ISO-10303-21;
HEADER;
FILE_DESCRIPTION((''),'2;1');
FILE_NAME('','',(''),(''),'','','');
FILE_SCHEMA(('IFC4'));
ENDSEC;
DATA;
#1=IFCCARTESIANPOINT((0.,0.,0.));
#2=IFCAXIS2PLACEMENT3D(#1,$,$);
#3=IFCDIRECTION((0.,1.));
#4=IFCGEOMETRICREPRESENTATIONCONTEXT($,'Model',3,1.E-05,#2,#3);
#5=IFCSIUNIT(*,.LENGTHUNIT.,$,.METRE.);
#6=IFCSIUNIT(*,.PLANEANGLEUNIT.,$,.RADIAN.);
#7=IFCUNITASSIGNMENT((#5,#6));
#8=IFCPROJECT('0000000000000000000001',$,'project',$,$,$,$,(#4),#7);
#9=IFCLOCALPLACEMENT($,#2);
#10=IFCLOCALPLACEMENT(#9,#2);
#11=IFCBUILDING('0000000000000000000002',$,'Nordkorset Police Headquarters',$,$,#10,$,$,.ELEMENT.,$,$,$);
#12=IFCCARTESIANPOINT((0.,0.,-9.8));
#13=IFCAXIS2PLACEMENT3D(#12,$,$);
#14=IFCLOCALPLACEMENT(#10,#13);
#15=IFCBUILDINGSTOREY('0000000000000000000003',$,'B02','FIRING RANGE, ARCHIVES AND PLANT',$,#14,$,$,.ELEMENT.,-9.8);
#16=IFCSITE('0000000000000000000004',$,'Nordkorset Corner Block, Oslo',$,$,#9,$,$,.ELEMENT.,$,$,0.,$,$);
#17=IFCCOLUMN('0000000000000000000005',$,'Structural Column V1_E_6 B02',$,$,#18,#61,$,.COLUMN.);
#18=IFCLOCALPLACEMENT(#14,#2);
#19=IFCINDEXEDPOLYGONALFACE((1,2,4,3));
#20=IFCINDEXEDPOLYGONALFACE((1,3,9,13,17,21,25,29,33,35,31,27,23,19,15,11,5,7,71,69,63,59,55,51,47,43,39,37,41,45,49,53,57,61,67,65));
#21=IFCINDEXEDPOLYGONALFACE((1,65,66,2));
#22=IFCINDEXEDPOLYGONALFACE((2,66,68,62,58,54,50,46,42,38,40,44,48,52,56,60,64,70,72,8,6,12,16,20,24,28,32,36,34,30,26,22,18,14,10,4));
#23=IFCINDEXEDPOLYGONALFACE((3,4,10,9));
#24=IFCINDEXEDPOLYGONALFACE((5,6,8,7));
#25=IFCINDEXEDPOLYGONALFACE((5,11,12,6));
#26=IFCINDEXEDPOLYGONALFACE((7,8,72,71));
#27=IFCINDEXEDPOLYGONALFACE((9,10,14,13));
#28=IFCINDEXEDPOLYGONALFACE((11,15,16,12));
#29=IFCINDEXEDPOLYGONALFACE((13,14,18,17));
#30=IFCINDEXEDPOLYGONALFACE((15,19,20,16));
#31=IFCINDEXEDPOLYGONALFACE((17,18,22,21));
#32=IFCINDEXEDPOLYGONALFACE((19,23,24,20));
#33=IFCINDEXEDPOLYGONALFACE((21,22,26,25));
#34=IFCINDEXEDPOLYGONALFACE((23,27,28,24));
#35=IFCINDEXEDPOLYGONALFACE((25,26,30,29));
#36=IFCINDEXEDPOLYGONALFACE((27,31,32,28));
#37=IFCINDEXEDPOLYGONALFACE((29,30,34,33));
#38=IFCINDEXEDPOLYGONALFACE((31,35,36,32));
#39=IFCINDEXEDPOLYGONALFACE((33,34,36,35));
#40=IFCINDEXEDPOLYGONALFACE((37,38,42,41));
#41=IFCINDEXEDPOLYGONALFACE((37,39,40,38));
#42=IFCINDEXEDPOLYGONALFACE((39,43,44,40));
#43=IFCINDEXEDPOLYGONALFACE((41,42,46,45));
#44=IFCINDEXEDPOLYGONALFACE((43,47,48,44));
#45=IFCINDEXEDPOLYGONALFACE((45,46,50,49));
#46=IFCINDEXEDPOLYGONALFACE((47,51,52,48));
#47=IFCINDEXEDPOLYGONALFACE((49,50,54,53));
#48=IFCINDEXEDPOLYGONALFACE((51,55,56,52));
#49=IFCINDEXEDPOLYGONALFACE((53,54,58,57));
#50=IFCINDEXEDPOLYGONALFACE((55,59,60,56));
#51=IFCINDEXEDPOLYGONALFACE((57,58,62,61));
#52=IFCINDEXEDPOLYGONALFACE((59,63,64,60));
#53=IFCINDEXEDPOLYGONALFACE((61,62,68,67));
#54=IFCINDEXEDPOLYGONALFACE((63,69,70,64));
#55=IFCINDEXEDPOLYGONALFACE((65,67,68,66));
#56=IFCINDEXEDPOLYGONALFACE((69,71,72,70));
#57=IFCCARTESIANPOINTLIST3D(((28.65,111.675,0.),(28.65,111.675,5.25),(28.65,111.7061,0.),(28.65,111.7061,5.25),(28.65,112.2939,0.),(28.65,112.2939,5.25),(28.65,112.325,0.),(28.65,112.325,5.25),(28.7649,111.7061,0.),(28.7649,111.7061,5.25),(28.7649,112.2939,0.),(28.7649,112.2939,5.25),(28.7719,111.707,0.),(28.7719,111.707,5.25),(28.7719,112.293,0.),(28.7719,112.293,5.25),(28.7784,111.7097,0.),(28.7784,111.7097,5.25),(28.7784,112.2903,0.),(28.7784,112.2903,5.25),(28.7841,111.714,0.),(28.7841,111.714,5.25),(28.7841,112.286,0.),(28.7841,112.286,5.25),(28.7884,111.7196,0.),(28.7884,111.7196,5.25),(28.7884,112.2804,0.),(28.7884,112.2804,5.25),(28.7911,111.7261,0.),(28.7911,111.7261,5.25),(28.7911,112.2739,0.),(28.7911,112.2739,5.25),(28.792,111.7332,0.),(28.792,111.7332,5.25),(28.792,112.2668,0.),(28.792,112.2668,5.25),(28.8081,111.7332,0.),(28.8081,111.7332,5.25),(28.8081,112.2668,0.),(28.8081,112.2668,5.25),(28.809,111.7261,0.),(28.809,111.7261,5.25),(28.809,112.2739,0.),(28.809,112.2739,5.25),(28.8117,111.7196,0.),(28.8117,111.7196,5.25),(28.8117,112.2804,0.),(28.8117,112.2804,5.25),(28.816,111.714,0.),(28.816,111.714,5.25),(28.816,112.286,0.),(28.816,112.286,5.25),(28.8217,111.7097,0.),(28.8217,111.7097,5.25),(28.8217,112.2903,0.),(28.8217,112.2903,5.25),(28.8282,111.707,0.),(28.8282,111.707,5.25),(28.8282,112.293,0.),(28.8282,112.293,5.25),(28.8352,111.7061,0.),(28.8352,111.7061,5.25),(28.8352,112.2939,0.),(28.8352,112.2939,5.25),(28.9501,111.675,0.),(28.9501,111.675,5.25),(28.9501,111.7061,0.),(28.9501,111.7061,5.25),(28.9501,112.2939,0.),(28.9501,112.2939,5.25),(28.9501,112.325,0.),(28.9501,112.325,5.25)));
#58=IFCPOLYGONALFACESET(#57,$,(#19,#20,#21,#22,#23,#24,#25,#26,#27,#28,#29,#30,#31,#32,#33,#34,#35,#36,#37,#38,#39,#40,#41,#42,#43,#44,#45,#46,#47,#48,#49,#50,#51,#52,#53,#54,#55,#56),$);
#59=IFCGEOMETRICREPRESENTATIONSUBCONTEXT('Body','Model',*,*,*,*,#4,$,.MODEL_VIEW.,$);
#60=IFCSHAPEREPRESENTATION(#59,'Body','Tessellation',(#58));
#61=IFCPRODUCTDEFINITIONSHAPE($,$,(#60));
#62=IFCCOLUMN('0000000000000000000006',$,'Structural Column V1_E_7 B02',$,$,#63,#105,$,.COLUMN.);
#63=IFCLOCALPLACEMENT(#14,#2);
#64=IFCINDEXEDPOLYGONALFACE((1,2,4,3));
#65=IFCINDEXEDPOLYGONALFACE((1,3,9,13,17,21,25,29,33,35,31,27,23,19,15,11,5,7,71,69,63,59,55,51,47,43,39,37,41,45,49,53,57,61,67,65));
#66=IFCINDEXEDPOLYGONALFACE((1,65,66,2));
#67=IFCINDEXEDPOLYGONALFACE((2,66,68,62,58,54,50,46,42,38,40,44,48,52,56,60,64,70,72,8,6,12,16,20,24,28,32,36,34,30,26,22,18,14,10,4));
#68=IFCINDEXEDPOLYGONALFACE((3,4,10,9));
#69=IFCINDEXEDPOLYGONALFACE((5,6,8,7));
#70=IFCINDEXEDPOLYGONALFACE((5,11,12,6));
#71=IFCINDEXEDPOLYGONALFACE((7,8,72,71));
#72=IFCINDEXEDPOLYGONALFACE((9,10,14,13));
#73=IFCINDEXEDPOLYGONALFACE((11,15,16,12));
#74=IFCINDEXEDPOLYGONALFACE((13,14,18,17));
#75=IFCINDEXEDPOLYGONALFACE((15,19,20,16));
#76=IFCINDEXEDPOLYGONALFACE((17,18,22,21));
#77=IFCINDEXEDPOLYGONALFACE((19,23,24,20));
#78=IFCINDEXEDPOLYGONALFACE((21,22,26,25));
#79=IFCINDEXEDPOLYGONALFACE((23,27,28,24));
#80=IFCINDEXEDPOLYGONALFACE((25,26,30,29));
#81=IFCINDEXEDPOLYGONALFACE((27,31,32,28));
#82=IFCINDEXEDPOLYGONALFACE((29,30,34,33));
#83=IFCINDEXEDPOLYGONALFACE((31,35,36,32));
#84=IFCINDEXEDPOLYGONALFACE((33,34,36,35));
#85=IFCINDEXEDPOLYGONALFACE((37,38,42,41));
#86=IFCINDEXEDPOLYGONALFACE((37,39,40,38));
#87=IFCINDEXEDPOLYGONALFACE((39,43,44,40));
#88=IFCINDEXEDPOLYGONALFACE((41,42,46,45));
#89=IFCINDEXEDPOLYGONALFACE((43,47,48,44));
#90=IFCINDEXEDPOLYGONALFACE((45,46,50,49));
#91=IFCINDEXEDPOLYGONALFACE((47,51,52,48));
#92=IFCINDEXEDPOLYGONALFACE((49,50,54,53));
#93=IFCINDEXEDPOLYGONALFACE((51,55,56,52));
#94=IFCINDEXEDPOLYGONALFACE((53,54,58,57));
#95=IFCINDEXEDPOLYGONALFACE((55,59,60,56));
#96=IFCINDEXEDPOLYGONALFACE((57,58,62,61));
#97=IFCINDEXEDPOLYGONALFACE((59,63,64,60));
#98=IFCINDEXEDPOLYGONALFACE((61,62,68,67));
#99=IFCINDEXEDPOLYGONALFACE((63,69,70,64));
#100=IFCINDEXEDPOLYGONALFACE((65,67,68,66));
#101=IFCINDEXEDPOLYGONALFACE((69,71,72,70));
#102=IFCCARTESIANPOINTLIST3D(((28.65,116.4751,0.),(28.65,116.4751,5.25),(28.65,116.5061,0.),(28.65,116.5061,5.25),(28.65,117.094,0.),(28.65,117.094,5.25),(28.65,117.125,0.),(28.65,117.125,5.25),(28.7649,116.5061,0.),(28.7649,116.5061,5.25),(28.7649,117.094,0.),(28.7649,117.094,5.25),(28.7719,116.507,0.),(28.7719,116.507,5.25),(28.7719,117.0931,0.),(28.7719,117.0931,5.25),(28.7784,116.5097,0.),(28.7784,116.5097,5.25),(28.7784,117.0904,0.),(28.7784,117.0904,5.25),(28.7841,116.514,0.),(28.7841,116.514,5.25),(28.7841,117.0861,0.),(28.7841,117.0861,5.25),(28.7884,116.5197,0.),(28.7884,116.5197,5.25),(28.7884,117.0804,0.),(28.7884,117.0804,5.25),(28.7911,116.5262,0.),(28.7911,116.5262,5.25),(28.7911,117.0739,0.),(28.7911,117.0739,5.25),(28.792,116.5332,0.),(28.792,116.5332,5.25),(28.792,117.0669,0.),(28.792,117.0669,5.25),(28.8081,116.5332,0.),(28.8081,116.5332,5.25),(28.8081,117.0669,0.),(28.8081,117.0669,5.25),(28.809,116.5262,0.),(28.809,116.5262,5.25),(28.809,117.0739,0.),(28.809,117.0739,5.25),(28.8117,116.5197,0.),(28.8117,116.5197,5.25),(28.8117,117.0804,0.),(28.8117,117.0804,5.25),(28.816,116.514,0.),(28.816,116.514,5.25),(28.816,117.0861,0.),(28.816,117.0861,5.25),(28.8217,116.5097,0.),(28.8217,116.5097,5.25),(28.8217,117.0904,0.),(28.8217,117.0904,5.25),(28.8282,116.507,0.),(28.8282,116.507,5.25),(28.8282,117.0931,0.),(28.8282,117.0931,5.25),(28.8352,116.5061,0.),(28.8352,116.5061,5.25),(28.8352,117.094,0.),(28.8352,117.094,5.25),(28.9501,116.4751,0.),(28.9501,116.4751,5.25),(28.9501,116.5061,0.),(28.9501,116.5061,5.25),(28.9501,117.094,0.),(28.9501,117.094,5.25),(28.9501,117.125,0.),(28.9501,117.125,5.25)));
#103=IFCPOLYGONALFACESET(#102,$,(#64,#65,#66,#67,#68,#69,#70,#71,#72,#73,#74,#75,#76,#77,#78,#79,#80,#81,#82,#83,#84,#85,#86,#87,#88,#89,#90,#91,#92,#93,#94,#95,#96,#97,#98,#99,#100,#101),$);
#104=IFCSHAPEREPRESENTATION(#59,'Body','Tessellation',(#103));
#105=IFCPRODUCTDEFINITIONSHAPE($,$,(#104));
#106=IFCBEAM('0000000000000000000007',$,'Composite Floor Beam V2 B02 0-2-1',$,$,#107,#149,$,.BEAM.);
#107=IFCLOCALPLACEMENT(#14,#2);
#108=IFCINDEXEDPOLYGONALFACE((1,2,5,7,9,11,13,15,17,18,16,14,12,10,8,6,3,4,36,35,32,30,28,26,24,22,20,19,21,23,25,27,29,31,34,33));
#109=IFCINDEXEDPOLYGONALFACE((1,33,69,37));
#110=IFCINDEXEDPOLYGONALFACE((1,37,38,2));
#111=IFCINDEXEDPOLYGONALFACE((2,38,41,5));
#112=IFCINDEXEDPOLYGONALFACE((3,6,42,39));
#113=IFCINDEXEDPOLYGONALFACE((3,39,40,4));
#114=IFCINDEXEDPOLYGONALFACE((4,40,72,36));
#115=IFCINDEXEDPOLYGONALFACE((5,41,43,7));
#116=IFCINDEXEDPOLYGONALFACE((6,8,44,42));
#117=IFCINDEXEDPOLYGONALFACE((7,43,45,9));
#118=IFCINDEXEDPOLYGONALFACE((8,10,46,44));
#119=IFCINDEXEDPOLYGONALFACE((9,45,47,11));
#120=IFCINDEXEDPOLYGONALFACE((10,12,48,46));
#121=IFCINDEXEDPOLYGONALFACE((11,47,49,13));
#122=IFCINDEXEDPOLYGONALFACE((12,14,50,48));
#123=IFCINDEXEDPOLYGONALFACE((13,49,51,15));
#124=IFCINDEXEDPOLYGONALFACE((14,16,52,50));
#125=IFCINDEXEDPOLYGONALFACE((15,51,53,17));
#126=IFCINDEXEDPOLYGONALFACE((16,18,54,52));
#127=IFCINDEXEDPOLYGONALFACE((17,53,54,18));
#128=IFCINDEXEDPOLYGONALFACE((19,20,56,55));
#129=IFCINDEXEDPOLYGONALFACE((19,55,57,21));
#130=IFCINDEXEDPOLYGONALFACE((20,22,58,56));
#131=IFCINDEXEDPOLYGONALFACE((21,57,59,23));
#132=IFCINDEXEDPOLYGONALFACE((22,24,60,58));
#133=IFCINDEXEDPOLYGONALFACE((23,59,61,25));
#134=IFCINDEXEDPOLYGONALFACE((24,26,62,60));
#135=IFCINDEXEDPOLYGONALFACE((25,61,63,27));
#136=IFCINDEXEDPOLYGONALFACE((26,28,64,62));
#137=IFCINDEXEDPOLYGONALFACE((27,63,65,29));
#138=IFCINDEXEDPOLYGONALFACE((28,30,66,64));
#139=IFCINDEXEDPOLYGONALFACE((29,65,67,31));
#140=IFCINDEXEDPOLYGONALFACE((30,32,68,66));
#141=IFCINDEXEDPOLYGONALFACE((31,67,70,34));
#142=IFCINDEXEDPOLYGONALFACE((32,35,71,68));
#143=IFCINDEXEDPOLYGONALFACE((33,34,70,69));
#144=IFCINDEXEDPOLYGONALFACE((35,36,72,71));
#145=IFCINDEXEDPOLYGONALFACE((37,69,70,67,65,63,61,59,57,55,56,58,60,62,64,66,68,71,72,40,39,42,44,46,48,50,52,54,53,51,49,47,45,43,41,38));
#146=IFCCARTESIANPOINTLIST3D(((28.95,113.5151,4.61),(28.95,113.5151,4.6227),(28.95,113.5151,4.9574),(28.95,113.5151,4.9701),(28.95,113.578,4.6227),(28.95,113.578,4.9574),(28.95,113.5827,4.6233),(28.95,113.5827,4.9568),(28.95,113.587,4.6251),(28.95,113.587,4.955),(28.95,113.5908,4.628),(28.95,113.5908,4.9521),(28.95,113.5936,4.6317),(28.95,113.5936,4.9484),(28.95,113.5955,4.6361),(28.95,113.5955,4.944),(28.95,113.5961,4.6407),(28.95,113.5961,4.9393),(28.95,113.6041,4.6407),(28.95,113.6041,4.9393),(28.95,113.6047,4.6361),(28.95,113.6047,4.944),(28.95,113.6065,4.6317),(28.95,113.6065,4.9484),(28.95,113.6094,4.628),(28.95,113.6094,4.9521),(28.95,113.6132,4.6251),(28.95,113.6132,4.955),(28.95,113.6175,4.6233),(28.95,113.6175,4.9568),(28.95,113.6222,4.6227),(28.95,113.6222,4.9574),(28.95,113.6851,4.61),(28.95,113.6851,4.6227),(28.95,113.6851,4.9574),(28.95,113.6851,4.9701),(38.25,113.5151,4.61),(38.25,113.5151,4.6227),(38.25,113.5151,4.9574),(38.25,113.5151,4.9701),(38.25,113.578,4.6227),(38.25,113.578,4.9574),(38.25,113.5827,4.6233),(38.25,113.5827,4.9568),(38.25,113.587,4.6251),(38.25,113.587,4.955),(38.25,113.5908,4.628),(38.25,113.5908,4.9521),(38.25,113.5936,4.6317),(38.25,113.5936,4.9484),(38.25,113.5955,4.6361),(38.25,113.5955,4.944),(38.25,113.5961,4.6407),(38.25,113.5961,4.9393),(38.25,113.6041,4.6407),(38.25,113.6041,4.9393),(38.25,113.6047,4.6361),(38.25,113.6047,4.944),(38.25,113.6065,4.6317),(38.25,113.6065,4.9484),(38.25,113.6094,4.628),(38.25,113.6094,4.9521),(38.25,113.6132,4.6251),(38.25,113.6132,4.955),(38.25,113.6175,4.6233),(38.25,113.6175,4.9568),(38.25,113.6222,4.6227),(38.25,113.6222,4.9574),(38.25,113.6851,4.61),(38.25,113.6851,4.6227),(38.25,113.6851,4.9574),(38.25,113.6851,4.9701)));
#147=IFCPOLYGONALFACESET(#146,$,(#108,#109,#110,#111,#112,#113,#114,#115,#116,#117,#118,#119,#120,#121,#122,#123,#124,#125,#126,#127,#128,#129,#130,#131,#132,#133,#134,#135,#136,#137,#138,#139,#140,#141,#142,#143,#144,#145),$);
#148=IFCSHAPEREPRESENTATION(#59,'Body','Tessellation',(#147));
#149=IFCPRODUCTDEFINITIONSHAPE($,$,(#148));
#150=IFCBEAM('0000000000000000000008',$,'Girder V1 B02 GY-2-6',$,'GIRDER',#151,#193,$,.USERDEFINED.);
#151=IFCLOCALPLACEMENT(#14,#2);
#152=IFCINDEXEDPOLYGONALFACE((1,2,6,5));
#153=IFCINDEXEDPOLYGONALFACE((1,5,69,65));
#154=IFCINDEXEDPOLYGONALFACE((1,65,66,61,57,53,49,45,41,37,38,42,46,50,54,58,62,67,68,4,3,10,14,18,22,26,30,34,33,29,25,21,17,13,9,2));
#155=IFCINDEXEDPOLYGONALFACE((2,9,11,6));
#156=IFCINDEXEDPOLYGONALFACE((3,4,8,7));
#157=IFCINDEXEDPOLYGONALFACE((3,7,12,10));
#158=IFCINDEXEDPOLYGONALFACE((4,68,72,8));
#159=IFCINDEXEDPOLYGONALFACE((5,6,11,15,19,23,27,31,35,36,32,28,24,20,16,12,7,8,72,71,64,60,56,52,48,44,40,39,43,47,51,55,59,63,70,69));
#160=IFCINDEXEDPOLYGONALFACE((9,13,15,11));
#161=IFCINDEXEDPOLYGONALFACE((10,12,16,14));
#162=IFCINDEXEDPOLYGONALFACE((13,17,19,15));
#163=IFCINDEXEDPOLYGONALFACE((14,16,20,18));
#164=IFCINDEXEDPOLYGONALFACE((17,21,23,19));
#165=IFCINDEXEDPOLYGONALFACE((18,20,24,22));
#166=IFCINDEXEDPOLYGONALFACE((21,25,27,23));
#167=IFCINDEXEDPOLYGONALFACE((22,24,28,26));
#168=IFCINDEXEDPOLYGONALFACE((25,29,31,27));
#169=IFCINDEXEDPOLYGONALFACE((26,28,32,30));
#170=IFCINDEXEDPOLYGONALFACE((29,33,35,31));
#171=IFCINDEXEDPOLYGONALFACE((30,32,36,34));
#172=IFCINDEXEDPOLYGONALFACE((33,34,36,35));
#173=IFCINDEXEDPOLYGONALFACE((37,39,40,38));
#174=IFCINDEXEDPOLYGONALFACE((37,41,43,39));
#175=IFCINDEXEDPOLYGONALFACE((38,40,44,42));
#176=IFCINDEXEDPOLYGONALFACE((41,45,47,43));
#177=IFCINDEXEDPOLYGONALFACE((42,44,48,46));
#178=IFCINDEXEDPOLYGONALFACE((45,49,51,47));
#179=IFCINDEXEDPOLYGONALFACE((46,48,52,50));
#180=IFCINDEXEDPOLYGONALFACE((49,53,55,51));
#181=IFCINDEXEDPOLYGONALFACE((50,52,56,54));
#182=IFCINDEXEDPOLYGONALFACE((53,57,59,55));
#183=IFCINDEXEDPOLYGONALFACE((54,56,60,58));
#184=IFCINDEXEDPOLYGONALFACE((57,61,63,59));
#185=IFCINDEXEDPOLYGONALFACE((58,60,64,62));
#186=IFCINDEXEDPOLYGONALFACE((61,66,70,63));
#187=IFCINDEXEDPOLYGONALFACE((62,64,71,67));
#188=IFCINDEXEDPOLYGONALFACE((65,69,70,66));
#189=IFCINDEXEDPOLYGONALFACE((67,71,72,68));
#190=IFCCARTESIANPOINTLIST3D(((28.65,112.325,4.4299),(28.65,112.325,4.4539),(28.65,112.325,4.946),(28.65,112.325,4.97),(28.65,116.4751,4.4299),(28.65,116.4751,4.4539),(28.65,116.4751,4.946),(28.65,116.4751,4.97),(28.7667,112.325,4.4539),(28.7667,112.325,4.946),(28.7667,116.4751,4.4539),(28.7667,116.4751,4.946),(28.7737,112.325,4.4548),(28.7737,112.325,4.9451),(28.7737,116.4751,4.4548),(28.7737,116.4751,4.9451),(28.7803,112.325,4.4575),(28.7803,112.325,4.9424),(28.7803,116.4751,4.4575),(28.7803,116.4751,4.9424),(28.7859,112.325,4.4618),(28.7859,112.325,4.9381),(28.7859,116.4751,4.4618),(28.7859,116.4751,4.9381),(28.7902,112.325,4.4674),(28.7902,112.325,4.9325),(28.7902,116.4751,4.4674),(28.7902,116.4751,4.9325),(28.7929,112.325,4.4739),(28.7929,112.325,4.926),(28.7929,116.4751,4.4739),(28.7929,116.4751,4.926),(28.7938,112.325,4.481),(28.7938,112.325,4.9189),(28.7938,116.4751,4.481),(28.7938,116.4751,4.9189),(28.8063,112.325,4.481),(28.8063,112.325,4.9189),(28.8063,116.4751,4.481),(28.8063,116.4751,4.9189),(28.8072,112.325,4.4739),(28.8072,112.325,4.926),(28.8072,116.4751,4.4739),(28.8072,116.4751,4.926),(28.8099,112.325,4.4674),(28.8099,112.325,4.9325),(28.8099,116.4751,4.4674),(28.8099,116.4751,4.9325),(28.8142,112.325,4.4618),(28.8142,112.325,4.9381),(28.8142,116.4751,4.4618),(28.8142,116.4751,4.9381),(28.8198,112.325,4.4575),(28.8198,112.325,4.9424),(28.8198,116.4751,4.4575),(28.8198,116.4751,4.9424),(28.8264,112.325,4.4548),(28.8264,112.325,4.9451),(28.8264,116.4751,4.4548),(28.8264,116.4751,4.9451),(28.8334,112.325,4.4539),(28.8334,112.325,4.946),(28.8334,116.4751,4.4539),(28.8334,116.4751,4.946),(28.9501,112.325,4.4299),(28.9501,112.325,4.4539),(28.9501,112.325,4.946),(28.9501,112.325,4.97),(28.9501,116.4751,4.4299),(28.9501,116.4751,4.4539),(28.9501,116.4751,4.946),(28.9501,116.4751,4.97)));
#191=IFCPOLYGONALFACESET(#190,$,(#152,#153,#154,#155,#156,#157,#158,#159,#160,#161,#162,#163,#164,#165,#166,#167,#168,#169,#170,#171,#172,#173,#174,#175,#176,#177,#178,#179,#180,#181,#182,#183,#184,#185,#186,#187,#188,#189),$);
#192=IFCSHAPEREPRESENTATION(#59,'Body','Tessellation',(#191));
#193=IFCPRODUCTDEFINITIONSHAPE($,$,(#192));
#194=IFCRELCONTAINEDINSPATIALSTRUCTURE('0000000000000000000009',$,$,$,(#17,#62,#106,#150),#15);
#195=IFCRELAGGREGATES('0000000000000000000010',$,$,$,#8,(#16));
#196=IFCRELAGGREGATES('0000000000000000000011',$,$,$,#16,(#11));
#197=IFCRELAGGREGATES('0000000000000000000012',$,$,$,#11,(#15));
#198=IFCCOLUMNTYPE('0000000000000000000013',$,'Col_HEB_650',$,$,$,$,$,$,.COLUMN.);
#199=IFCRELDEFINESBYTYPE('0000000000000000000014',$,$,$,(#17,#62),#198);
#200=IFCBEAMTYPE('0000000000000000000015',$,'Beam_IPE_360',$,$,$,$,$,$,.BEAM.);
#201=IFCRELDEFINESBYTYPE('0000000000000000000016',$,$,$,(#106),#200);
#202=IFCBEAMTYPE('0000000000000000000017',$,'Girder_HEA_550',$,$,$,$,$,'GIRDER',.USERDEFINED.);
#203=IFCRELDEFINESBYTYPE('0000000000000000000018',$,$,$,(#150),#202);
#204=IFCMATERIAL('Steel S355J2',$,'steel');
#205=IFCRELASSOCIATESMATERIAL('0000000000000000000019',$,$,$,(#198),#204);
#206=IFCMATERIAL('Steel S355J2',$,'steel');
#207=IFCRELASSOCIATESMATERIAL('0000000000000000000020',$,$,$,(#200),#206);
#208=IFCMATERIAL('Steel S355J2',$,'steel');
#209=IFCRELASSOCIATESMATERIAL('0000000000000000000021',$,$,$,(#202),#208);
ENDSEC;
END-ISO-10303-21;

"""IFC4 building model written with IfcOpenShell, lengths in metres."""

from ifc_helpers import new_model, si_unit, direction, frame, origin, origin_2d, place, context, subcontext, project, spatial, i_section, extrude, material, material_profile, profile_set, type_object, element, save


model = new_model("IFC4")

# Units and contexts
model_context = context("Model", 3, precision=1e-05, world=origin(), true_north=direction((0.0, 1.0)))
body_context = subcontext(model_context, "Body", "Model", "MODEL_VIEW")
ifc_project = project(units=[si_unit("LENGTHUNIT", "METRE"), si_unit("PLANEANGLEUNIT", "RADIAN")], contexts=[model_context])

# Site, building, storey
site_placement = place(None, origin())
site = spatial("IfcSite", under=ifc_project, at=site_placement, Name="Nordkorset Corner Block, Oslo", CompositionType="ELEMENT", RefElevation=0.0)
building_placement = place(site_placement, origin())
building = spatial("IfcBuilding", under=site, at=building_placement, Name="Nordkorset Police Headquarters", CompositionType="ELEMENT")
storey_placement = place(building_placement, frame((0.0, 0.0, -9.8)))
storey = spatial("IfcBuildingStorey", under=building, at=storey_placement, Name="B02", Description="FIRING RANGE, ARCHIVES AND PLANT", CompositionType="ELEMENT", Elevation=-9.8)

# Columns
ifc_material_1 = material(Name="Steel S355J2", Category="steel")
ifc_material_profile_1 = material_profile(ifc_material_1, i_section(OverallWidth=0.3, OverallDepth=0.6499, WebThickness=0.0161, FlangeThickness=0.031, FilletRadius=0.0271, at=origin_2d()), Name="HEB 650")
ifc_profile_set_1 = profile_set([ifc_material_profile_1], Name="Steel S355J2")
column_type = type_object("IfcColumnType", Name="Col_HEB_650", PredefinedType="COLUMN", material=ifc_profile_set_1)
for number, where, z_axis, x_axis, name in (
    (1, (28.8, 112.0, 0.0), (0.0, 0.0, 1.0), (1.0, 0.0, 0.0), "Structural Column V1_E_6 B02"),
    (2, (28.8, 116.8, 0.0), (0.0, 0.0, 1.0), (1.0, 0.0, 0.0), "Structural Column V1_E_7 B02"),
):
    element("IfcColumn", number, at=place(storey_placement, frame(where, z_axis=z_axis, x_axis=x_axis)), inside=storey, type_object=column_type, Name=name, PredefinedType="COLUMN", context=body_context, shape_type="SweptSolid", body=[
        extrude(i_section(OverallWidth=0.3, OverallDepth=0.6499, WebThickness=0.0161, FlangeThickness=0.031, FilletRadius=0.0271, at=origin_2d()), origin(), (0.0, 0.0, 1.0), 5.25),
    ])

# Beams
ifc_material_2 = material(Name="Steel S355J2", Category="steel")
ifc_material_profile_2 = material_profile(ifc_material_2, i_section(OverallWidth=0.1699, OverallDepth=0.3601, WebThickness=0.0081, FlangeThickness=0.0127, FilletRadius=0.0181, at=origin_2d()), Name="IPE 360")
ifc_profile_set_2 = profile_set([ifc_material_profile_2], Name="Steel S355J2")
beam_type_1 = type_object("IfcBeamType", Name="Beam_IPE_360", PredefinedType="BEAM", material=ifc_profile_set_2)
beam_1_placement = place(storey_placement, frame((28.95, 113.6001, 4.79), z_axis=(1.0, 0.0, 0.0), x_axis=(0.0, 1.0, 0.0)))
element("IfcBeam", 3, at=beam_1_placement, inside=storey, type_object=beam_type_1, Name="Composite Floor Beam V2 B02 0-2-1", PredefinedType="BEAM", context=body_context, shape_type="SweptSolid", body=[
    extrude(i_section(OverallWidth=0.1699, OverallDepth=0.3601, WebThickness=0.0081, FlangeThickness=0.0127, FilletRadius=0.0181, at=origin_2d()), origin(), (0.0, 0.0, 1.0), 9.3),
])
ifc_material_3 = material(Name="Steel S355J2", Category="steel")
ifc_material_profile_3 = material_profile(ifc_material_3, i_section(OverallWidth=0.3, OverallDepth=0.54, WebThickness=0.0125, FlangeThickness=0.0239, FilletRadius=0.0271, at=origin_2d()), Name="HEA 550")
ifc_profile_set_3 = profile_set([ifc_material_profile_3], Name="Steel S355J2")
beam_type_2 = type_object("IfcBeamType", Name="Girder_HEA_550", ElementType="GIRDER", PredefinedType="USERDEFINED", material=ifc_profile_set_3)
beam_2_placement = place(storey_placement, frame((28.8, 112.325, 4.7), z_axis=(0.0, 1.0, 0.0), x_axis=(-1.0, 0.0, 0.0)))
element("IfcBeam", 4, at=beam_2_placement, inside=storey, type_object=beam_type_2, Name="Girder V1 B02 GY-2-6", ObjectType="GIRDER", PredefinedType="USERDEFINED", context=body_context, shape_type="SweptSolid", body=[
    extrude(i_section(OverallWidth=0.3, OverallDepth=0.54, WebThickness=0.0125, FlangeThickness=0.0239, FilletRadius=0.0271, at=origin_2d()), origin(), (0.0, 0.0, 1.0), 4.1501),
])

save(model, "model.ifc")
